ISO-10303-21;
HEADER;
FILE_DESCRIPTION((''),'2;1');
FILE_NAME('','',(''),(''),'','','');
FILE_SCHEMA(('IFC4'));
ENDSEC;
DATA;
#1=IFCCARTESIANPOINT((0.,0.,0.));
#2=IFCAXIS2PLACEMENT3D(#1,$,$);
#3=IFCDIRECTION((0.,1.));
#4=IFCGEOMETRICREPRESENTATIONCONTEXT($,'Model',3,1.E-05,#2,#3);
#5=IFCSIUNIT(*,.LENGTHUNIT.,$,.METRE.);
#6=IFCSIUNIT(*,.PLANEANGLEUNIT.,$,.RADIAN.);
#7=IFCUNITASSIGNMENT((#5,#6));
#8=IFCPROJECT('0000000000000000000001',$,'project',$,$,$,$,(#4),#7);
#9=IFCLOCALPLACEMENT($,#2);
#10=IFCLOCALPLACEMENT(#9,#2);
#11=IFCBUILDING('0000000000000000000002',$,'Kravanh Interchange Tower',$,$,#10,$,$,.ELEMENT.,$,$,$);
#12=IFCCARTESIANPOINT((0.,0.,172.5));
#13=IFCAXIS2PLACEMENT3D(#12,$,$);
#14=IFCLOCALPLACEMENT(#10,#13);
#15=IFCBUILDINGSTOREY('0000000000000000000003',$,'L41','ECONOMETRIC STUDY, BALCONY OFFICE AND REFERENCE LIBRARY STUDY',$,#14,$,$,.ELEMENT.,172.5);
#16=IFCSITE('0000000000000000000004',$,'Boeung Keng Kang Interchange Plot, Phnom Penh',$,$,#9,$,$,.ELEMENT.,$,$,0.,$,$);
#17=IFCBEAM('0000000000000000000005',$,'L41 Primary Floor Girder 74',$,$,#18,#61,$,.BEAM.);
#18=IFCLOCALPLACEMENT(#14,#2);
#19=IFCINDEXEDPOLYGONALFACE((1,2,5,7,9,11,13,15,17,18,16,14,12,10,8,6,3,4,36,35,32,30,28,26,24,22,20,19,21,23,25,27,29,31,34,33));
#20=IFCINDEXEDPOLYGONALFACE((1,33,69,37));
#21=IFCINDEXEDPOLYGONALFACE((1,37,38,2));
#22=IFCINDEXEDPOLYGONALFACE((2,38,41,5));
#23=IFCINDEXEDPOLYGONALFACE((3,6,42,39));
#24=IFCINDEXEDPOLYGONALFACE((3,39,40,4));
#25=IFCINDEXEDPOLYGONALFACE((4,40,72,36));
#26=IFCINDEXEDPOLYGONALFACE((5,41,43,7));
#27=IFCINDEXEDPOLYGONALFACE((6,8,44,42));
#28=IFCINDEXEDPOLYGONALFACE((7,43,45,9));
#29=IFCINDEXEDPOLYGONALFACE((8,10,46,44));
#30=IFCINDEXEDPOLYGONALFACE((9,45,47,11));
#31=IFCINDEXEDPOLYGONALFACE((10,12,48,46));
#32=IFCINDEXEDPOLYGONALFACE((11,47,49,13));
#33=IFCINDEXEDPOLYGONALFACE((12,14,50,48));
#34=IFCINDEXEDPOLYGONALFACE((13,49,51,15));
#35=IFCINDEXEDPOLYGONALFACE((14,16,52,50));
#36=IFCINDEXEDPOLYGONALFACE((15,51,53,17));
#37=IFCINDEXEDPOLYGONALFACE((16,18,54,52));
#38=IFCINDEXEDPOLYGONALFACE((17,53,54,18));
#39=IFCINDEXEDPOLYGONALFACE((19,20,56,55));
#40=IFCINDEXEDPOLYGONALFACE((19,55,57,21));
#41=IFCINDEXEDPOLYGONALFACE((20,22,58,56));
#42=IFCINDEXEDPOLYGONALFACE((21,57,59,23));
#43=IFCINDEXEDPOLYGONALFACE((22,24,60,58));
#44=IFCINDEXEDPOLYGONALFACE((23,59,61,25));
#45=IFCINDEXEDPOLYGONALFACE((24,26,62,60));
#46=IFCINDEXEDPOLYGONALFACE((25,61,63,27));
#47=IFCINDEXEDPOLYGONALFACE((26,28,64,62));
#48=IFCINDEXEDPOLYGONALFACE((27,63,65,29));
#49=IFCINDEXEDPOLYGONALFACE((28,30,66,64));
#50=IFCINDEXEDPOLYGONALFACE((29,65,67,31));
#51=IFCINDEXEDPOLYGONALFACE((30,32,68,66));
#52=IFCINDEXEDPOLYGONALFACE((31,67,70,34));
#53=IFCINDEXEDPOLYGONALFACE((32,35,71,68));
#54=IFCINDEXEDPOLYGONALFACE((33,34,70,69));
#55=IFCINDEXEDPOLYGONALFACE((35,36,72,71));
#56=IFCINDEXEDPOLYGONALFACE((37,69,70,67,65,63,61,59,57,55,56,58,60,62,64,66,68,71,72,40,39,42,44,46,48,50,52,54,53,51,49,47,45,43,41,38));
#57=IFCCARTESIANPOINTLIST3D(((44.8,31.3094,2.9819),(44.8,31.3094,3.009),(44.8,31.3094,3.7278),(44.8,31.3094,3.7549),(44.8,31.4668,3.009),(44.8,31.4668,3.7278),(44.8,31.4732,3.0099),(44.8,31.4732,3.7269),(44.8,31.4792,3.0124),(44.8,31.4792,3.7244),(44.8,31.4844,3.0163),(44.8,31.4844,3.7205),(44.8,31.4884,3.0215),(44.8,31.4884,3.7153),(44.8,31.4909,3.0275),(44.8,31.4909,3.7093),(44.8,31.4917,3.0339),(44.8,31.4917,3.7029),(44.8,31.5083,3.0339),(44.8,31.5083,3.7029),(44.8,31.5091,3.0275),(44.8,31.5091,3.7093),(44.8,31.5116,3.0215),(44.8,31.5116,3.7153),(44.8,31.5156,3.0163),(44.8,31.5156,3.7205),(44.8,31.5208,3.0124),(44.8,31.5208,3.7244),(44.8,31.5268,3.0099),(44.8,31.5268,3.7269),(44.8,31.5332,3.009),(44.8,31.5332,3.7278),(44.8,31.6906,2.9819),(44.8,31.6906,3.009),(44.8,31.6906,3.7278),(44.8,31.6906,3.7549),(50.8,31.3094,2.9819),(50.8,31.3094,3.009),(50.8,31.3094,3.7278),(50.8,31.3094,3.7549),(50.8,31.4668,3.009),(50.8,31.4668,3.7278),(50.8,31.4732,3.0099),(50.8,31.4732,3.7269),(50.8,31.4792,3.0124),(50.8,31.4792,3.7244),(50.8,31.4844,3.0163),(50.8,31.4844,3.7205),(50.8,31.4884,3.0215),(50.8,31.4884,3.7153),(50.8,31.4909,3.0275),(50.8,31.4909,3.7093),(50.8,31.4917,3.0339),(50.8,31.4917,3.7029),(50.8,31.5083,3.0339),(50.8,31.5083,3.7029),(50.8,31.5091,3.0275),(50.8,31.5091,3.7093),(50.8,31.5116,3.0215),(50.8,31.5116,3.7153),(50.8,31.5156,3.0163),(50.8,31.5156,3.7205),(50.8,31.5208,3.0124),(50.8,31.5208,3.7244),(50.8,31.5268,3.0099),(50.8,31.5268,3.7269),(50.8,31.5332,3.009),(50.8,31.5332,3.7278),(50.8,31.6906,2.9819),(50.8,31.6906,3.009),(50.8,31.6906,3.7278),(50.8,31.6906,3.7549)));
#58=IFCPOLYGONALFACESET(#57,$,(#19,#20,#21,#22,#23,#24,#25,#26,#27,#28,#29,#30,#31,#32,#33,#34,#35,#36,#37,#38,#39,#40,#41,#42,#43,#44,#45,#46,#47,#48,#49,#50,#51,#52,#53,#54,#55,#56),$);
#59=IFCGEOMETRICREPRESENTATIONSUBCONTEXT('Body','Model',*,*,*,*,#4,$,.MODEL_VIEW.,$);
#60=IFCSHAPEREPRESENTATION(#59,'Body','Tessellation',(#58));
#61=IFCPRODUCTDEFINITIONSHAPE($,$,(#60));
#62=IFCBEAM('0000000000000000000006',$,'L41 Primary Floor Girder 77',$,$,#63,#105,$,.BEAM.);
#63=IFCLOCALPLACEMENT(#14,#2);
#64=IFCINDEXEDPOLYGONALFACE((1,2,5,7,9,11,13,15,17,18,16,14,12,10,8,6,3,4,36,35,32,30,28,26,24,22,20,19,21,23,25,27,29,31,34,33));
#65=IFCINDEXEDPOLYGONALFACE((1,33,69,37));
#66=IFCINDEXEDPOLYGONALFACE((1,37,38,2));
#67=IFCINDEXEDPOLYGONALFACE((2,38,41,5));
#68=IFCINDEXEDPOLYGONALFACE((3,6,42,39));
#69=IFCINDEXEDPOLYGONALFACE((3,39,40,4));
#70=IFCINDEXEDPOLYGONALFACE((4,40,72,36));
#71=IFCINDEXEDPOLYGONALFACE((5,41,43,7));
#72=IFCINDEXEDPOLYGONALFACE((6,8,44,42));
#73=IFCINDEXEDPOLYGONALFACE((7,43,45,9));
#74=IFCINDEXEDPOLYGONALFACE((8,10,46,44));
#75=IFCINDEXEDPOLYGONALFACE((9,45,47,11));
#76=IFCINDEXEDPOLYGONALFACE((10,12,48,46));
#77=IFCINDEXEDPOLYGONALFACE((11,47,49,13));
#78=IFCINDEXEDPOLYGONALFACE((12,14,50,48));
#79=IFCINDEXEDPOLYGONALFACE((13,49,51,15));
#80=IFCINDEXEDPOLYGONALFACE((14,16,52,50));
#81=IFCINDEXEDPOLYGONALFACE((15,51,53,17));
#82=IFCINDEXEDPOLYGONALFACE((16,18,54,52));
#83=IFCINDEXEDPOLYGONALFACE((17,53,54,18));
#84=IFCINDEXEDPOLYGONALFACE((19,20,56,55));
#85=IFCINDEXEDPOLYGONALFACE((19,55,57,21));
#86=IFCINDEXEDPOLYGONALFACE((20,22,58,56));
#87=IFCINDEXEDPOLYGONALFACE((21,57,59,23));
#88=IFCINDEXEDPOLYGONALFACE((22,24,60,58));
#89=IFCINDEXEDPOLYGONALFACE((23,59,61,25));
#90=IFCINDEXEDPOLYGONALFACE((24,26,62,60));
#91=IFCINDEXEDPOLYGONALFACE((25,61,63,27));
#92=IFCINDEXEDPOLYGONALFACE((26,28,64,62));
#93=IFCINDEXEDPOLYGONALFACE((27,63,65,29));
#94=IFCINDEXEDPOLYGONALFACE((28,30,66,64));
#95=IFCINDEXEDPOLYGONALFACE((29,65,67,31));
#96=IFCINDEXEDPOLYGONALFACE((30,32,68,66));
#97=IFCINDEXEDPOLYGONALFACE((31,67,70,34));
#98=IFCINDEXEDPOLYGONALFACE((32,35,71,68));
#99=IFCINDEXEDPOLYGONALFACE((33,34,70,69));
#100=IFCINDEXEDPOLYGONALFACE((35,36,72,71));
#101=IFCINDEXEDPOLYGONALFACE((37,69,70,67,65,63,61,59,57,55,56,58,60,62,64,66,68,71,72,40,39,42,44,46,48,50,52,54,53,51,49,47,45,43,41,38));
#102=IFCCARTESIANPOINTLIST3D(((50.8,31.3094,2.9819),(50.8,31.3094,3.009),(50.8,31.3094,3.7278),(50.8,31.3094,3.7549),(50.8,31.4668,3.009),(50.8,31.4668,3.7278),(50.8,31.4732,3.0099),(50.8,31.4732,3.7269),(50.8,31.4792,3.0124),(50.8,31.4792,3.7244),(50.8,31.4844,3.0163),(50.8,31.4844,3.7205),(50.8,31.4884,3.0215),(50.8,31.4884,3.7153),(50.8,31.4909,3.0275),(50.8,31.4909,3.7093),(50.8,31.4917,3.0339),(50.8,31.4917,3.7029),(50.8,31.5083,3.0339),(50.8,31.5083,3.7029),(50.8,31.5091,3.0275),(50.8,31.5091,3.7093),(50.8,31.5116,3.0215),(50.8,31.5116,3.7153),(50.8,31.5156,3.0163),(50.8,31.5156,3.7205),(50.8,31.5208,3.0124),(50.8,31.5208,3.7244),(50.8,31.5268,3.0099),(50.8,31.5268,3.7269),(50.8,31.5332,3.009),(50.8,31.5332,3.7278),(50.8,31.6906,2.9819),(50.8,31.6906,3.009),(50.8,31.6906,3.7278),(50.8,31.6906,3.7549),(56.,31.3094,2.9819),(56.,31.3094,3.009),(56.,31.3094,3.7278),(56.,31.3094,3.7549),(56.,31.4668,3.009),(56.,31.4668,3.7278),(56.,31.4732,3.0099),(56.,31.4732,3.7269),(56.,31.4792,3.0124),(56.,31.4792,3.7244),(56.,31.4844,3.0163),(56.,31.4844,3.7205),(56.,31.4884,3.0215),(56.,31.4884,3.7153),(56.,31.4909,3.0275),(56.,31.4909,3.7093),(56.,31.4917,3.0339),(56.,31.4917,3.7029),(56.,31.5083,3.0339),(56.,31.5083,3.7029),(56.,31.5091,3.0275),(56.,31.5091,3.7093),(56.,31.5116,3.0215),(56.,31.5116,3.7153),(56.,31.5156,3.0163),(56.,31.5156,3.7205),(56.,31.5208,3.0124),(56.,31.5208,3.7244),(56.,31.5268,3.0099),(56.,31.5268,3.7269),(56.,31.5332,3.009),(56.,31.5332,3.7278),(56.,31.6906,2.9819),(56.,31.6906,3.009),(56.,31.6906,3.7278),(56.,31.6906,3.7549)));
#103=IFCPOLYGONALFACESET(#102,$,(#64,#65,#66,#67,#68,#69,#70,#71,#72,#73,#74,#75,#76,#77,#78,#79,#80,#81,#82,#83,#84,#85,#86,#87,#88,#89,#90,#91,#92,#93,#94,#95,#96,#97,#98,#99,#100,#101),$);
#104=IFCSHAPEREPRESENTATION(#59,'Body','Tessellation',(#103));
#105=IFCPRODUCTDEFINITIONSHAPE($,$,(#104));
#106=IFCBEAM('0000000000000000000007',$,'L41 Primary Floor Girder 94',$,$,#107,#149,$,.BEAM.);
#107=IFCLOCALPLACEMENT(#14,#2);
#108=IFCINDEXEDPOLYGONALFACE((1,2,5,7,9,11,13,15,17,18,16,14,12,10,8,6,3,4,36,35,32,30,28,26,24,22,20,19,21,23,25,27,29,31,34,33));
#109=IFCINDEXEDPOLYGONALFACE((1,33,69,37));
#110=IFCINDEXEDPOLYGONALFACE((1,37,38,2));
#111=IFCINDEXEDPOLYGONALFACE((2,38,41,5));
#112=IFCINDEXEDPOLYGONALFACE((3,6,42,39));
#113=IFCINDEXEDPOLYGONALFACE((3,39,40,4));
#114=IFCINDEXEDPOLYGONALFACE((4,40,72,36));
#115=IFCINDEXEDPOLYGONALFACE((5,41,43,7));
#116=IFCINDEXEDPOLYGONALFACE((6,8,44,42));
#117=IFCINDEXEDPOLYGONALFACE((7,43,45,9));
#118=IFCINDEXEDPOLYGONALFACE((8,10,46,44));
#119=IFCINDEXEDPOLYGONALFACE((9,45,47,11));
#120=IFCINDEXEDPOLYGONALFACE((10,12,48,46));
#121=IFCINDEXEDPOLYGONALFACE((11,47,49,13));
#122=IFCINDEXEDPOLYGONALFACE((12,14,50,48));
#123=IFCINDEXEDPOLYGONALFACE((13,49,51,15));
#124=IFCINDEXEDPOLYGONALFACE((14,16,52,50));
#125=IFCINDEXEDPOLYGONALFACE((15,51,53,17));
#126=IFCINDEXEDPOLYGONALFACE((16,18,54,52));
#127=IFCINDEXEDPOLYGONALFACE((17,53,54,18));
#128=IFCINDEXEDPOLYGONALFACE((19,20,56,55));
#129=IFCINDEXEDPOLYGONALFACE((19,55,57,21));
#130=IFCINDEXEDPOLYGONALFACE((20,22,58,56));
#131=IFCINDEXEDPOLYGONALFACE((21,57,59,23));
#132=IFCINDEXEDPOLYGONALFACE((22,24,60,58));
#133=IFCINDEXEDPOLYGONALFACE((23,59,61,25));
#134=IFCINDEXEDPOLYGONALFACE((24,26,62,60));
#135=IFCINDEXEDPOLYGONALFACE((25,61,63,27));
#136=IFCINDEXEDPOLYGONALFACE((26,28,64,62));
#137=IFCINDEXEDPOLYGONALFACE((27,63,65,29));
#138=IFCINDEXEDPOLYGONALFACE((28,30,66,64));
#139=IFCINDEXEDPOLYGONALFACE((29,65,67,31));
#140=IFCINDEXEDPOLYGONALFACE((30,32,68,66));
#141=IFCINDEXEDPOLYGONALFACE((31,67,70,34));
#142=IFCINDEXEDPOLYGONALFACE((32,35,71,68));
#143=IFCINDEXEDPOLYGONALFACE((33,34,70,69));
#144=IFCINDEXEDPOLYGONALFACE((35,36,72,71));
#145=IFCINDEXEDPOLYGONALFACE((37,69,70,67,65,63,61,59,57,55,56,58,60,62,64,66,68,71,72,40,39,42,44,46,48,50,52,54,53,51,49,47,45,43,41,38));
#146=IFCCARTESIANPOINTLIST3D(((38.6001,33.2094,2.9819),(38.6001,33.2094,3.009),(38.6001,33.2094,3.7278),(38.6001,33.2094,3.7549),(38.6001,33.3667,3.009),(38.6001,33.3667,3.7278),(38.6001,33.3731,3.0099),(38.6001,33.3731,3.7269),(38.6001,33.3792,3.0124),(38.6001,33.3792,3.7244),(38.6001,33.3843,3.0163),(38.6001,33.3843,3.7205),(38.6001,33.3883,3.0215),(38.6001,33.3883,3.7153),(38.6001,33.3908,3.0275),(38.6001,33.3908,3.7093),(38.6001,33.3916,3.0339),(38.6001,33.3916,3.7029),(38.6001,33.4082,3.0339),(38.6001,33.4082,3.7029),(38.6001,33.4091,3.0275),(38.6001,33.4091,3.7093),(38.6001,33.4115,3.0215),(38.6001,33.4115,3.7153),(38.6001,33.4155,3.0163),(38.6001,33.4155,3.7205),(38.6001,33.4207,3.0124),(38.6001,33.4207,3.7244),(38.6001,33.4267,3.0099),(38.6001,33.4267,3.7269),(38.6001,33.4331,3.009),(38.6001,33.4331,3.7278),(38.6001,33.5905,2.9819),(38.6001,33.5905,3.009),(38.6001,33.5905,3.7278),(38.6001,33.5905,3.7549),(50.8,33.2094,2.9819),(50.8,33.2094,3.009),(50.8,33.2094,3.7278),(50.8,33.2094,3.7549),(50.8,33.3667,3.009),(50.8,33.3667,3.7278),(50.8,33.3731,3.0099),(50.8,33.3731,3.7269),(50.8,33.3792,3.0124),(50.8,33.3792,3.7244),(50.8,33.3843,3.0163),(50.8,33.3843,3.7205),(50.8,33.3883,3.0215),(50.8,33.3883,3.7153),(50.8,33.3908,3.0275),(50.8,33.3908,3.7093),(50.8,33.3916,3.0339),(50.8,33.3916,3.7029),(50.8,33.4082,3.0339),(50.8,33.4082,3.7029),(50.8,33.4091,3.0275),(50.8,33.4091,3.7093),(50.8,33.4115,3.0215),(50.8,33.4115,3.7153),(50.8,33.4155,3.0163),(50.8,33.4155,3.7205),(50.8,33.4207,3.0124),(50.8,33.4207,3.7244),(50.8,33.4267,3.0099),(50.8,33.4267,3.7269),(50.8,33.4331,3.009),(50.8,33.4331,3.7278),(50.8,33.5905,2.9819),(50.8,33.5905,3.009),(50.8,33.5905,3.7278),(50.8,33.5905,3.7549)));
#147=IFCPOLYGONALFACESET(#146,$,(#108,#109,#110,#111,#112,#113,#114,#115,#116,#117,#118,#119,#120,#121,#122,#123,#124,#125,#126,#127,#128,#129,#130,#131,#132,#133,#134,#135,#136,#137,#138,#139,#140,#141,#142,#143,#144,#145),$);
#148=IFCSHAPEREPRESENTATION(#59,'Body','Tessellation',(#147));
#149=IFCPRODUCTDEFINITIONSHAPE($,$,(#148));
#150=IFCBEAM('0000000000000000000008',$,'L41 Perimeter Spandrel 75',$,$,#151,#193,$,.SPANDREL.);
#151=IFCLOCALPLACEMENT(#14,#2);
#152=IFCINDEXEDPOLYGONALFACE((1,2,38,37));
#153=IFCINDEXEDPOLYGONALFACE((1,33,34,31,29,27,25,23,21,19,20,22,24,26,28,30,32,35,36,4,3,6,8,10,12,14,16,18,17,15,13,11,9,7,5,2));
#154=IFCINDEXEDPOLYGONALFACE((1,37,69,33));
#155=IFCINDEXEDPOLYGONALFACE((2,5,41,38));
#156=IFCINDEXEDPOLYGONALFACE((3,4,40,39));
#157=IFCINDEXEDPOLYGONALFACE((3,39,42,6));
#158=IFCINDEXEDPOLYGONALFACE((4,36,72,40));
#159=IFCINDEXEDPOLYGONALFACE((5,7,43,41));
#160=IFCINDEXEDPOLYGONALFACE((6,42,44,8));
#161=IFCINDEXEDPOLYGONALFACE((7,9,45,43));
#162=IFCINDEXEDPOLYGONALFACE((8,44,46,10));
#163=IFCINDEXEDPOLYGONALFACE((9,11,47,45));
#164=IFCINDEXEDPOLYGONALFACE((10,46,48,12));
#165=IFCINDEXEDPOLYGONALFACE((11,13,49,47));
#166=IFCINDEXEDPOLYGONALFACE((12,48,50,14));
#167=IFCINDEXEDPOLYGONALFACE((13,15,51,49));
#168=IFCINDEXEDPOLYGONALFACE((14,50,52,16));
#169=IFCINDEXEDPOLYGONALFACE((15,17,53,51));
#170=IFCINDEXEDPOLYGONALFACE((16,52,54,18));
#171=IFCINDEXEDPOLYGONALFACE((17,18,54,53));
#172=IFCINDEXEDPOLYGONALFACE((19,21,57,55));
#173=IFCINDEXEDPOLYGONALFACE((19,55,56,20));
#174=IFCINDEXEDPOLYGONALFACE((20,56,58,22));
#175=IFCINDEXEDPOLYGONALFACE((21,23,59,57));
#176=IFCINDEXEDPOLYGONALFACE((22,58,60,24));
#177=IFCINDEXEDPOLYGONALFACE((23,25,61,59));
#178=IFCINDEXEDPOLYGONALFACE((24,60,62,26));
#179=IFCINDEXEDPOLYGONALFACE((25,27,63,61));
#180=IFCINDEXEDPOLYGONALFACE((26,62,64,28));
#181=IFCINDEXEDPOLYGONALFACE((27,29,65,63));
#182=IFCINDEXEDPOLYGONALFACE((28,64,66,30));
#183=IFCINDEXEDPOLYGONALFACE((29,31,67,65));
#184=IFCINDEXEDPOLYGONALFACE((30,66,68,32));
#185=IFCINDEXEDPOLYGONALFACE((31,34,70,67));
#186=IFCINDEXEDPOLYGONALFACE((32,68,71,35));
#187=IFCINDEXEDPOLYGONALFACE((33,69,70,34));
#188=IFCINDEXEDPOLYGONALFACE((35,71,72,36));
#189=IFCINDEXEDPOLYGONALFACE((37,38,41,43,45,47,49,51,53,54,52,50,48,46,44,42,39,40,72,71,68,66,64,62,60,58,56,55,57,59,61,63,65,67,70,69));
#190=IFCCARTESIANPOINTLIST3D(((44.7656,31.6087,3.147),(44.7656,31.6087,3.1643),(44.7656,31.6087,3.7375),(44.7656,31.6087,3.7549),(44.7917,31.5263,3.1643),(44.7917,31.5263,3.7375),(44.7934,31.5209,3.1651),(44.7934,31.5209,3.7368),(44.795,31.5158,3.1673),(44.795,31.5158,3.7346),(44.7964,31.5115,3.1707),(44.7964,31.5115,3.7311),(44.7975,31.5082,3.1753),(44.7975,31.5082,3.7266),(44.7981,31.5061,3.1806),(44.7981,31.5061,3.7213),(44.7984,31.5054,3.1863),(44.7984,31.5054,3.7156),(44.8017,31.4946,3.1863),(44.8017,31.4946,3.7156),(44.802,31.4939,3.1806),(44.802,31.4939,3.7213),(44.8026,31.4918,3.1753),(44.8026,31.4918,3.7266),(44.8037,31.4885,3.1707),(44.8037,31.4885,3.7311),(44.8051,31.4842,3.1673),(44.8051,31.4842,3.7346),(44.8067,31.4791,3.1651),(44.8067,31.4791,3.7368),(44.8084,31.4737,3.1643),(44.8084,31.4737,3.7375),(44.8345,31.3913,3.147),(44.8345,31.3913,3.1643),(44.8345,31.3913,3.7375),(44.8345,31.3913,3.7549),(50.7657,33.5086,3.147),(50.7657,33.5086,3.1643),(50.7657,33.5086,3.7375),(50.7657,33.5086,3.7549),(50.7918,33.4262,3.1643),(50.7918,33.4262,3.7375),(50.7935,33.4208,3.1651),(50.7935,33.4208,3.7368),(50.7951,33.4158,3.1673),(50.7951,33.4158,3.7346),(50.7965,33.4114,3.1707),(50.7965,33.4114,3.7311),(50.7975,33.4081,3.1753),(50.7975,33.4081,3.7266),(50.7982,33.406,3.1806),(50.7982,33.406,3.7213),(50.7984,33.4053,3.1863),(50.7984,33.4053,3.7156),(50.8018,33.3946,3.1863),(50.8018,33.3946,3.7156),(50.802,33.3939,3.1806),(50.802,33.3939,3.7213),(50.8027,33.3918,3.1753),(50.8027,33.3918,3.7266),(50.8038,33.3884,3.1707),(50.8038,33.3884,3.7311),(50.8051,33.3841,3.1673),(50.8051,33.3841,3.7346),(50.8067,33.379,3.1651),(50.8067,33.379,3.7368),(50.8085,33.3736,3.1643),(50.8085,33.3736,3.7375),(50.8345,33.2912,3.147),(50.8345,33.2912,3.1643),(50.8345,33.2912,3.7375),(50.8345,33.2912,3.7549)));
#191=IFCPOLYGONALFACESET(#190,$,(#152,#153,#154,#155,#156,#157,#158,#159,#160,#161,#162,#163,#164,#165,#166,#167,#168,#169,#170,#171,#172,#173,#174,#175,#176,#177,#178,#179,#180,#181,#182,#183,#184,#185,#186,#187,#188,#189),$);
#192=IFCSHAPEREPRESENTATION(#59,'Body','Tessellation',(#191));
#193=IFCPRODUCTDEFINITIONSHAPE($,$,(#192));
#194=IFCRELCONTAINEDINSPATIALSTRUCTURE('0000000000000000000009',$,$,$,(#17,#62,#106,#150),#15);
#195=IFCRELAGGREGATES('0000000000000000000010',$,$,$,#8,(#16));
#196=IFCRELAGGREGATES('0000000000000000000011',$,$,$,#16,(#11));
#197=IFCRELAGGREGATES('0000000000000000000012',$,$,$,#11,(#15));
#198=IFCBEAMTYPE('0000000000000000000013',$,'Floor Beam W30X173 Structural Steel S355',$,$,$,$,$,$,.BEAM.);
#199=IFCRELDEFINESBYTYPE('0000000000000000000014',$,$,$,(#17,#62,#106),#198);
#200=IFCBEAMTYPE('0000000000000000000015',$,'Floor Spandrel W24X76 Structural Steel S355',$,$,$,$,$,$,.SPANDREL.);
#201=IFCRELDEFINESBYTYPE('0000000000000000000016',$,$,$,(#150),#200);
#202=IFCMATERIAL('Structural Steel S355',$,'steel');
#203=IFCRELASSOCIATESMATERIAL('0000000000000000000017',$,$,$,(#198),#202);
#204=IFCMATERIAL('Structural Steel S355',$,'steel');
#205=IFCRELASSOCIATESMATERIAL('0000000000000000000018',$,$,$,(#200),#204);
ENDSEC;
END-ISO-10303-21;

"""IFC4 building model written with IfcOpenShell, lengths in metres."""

from ifc_helpers import new_model, si_unit, direction, frame, origin, origin_2d, place, context, subcontext, project, spatial, i_section, extrude, material, material_profile, profile_set, type_object, element, save


model = new_model("IFC4")

# Units and contexts
model_context = context("Model", 3, precision=1e-05, world=origin(), true_north=direction((0.0, 1.0)))
body_context = subcontext(model_context, "Body", "Model", "MODEL_VIEW")
ifc_project = project(units=[si_unit("LENGTHUNIT", "METRE"), si_unit("PLANEANGLEUNIT", "RADIAN")], contexts=[model_context])

# Site, building, storey
site_placement = place(None, origin())
site = spatial("IfcSite", under=ifc_project, at=site_placement, Name="Boeung Keng Kang Interchange Plot, Phnom Penh", CompositionType="ELEMENT", RefElevation=0.0)
building_placement = place(site_placement, origin())
building = spatial("IfcBuilding", under=site, at=building_placement, Name="Kravanh Interchange Tower", CompositionType="ELEMENT")
storey_placement = place(building_placement, frame((0.0, 0.0, 172.5)))
storey = spatial("IfcBuildingStorey", under=building, at=storey_placement, Name="L41", Description="ECONOMETRIC STUDY, BALCONY OFFICE AND REFERENCE LIBRARY STUDY", CompositionType="ELEMENT", Elevation=172.5)

# Beams
ifc_material_1 = material(Name="Structural Steel S355", Category="steel")
ifc_material_profile_1 = material_profile(ifc_material_1, i_section(OverallWidth=0.3811, OverallDepth=0.7729, WebThickness=0.0166, FlangeThickness=0.0271, FilletRadius=0.0249, at=origin_2d()), Name="W30X173")
ifc_profile_set_1 = profile_set([ifc_material_profile_1], Name="Structural Steel S355")
beam_type_1 = type_object("IfcBeamType", Name="Floor Beam W30X173 Structural Steel S355", PredefinedType="BEAM", material=ifc_profile_set_1)
beam_1_placement = place(storey_placement, frame((44.8, 31.5, 3.3684), z_axis=(1.0, 0.0, 0.0), x_axis=(0.0, 1.0, 0.0)))
element("IfcBeam", 1, at=beam_1_placement, inside=storey, type_object=beam_type_1, Name="L41 Primary Floor Girder 74", PredefinedType="BEAM", context=body_context, shape_type="SweptSolid", body=[
    extrude(i_section(OverallWidth=0.3811, OverallDepth=0.7729, WebThickness=0.0166, FlangeThickness=0.0271, FilletRadius=0.0249, at=origin_2d()), origin(), (0.0, 0.0, 1.0), 6.0),
])
beam_2_placement = place(storey_placement, frame((50.8, 31.5, 3.3684), z_axis=(1.0, 0.0, 0.0), x_axis=(0.0, 1.0, 0.0)))
element("IfcBeam", 2, at=beam_2_placement, inside=storey, type_object=beam_type_1, Name="L41 Primary Floor Girder 77", PredefinedType="BEAM", context=body_context, shape_type="SweptSolid", body=[
    extrude(i_section(OverallWidth=0.3811, OverallDepth=0.7729, WebThickness=0.0166, FlangeThickness=0.0271, FilletRadius=0.0249, at=origin_2d()), origin(), (0.0, 0.0, 1.0), 5.2),
])
beam_3_placement = place(storey_placement, frame((38.6001, 33.3999, 3.3684), z_axis=(1.0, 0.0, 0.0), x_axis=(0.0, 1.0, 0.0)))
element("IfcBeam", 3, at=beam_3_placement, inside=storey, type_object=beam_type_1, Name="L41 Primary Floor Girder 94", PredefinedType="BEAM", context=body_context, shape_type="SweptSolid", body=[
    extrude(i_section(OverallWidth=0.3811, OverallDepth=0.7729, WebThickness=0.0166, FlangeThickness=0.0271, FilletRadius=0.0249, at=origin_2d()), origin(), (0.0, 0.0, 1.0), 12.2),
])
ifc_material_2 = material(Name="Structural Steel S355", Category="steel")
ifc_material_profile_2 = material_profile(ifc_material_2, i_section(OverallWidth=0.228, OverallDepth=0.6079, WebThickness=0.0112, FlangeThickness=0.0173, FilletRadius=0.022, at=origin_2d()), Name="W24X76")
ifc_profile_set_2 = profile_set([ifc_material_profile_2], Name="Structural Steel S355")
beam_type_2 = type_object("IfcBeamType", Name="Floor Spandrel W24X76 Structural Steel S355", PredefinedType="SPANDREL", material=ifc_profile_set_2)
beam_4_placement = place(storey_placement, frame((44.8, 31.5, 3.4509), z_axis=(0.953347, 0.301878, 0.0), x_axis=(-0.301878, 0.953347, 0.0)))
element("IfcBeam", 4, at=beam_4_placement, inside=storey, type_object=beam_type_2, Name="L41 Perimeter Spandrel 75", PredefinedType="SPANDREL", context=body_context, shape_type="SweptSolid", body=[
    extrude(i_section(OverallWidth=0.228, OverallDepth=0.6079, WebThickness=0.0112, FlangeThickness=0.0173, FilletRadius=0.022, at=origin_2d()), origin(), (0.0, 0.0, 1.0), 6.2937),
])

save(model, "model.ifc")
